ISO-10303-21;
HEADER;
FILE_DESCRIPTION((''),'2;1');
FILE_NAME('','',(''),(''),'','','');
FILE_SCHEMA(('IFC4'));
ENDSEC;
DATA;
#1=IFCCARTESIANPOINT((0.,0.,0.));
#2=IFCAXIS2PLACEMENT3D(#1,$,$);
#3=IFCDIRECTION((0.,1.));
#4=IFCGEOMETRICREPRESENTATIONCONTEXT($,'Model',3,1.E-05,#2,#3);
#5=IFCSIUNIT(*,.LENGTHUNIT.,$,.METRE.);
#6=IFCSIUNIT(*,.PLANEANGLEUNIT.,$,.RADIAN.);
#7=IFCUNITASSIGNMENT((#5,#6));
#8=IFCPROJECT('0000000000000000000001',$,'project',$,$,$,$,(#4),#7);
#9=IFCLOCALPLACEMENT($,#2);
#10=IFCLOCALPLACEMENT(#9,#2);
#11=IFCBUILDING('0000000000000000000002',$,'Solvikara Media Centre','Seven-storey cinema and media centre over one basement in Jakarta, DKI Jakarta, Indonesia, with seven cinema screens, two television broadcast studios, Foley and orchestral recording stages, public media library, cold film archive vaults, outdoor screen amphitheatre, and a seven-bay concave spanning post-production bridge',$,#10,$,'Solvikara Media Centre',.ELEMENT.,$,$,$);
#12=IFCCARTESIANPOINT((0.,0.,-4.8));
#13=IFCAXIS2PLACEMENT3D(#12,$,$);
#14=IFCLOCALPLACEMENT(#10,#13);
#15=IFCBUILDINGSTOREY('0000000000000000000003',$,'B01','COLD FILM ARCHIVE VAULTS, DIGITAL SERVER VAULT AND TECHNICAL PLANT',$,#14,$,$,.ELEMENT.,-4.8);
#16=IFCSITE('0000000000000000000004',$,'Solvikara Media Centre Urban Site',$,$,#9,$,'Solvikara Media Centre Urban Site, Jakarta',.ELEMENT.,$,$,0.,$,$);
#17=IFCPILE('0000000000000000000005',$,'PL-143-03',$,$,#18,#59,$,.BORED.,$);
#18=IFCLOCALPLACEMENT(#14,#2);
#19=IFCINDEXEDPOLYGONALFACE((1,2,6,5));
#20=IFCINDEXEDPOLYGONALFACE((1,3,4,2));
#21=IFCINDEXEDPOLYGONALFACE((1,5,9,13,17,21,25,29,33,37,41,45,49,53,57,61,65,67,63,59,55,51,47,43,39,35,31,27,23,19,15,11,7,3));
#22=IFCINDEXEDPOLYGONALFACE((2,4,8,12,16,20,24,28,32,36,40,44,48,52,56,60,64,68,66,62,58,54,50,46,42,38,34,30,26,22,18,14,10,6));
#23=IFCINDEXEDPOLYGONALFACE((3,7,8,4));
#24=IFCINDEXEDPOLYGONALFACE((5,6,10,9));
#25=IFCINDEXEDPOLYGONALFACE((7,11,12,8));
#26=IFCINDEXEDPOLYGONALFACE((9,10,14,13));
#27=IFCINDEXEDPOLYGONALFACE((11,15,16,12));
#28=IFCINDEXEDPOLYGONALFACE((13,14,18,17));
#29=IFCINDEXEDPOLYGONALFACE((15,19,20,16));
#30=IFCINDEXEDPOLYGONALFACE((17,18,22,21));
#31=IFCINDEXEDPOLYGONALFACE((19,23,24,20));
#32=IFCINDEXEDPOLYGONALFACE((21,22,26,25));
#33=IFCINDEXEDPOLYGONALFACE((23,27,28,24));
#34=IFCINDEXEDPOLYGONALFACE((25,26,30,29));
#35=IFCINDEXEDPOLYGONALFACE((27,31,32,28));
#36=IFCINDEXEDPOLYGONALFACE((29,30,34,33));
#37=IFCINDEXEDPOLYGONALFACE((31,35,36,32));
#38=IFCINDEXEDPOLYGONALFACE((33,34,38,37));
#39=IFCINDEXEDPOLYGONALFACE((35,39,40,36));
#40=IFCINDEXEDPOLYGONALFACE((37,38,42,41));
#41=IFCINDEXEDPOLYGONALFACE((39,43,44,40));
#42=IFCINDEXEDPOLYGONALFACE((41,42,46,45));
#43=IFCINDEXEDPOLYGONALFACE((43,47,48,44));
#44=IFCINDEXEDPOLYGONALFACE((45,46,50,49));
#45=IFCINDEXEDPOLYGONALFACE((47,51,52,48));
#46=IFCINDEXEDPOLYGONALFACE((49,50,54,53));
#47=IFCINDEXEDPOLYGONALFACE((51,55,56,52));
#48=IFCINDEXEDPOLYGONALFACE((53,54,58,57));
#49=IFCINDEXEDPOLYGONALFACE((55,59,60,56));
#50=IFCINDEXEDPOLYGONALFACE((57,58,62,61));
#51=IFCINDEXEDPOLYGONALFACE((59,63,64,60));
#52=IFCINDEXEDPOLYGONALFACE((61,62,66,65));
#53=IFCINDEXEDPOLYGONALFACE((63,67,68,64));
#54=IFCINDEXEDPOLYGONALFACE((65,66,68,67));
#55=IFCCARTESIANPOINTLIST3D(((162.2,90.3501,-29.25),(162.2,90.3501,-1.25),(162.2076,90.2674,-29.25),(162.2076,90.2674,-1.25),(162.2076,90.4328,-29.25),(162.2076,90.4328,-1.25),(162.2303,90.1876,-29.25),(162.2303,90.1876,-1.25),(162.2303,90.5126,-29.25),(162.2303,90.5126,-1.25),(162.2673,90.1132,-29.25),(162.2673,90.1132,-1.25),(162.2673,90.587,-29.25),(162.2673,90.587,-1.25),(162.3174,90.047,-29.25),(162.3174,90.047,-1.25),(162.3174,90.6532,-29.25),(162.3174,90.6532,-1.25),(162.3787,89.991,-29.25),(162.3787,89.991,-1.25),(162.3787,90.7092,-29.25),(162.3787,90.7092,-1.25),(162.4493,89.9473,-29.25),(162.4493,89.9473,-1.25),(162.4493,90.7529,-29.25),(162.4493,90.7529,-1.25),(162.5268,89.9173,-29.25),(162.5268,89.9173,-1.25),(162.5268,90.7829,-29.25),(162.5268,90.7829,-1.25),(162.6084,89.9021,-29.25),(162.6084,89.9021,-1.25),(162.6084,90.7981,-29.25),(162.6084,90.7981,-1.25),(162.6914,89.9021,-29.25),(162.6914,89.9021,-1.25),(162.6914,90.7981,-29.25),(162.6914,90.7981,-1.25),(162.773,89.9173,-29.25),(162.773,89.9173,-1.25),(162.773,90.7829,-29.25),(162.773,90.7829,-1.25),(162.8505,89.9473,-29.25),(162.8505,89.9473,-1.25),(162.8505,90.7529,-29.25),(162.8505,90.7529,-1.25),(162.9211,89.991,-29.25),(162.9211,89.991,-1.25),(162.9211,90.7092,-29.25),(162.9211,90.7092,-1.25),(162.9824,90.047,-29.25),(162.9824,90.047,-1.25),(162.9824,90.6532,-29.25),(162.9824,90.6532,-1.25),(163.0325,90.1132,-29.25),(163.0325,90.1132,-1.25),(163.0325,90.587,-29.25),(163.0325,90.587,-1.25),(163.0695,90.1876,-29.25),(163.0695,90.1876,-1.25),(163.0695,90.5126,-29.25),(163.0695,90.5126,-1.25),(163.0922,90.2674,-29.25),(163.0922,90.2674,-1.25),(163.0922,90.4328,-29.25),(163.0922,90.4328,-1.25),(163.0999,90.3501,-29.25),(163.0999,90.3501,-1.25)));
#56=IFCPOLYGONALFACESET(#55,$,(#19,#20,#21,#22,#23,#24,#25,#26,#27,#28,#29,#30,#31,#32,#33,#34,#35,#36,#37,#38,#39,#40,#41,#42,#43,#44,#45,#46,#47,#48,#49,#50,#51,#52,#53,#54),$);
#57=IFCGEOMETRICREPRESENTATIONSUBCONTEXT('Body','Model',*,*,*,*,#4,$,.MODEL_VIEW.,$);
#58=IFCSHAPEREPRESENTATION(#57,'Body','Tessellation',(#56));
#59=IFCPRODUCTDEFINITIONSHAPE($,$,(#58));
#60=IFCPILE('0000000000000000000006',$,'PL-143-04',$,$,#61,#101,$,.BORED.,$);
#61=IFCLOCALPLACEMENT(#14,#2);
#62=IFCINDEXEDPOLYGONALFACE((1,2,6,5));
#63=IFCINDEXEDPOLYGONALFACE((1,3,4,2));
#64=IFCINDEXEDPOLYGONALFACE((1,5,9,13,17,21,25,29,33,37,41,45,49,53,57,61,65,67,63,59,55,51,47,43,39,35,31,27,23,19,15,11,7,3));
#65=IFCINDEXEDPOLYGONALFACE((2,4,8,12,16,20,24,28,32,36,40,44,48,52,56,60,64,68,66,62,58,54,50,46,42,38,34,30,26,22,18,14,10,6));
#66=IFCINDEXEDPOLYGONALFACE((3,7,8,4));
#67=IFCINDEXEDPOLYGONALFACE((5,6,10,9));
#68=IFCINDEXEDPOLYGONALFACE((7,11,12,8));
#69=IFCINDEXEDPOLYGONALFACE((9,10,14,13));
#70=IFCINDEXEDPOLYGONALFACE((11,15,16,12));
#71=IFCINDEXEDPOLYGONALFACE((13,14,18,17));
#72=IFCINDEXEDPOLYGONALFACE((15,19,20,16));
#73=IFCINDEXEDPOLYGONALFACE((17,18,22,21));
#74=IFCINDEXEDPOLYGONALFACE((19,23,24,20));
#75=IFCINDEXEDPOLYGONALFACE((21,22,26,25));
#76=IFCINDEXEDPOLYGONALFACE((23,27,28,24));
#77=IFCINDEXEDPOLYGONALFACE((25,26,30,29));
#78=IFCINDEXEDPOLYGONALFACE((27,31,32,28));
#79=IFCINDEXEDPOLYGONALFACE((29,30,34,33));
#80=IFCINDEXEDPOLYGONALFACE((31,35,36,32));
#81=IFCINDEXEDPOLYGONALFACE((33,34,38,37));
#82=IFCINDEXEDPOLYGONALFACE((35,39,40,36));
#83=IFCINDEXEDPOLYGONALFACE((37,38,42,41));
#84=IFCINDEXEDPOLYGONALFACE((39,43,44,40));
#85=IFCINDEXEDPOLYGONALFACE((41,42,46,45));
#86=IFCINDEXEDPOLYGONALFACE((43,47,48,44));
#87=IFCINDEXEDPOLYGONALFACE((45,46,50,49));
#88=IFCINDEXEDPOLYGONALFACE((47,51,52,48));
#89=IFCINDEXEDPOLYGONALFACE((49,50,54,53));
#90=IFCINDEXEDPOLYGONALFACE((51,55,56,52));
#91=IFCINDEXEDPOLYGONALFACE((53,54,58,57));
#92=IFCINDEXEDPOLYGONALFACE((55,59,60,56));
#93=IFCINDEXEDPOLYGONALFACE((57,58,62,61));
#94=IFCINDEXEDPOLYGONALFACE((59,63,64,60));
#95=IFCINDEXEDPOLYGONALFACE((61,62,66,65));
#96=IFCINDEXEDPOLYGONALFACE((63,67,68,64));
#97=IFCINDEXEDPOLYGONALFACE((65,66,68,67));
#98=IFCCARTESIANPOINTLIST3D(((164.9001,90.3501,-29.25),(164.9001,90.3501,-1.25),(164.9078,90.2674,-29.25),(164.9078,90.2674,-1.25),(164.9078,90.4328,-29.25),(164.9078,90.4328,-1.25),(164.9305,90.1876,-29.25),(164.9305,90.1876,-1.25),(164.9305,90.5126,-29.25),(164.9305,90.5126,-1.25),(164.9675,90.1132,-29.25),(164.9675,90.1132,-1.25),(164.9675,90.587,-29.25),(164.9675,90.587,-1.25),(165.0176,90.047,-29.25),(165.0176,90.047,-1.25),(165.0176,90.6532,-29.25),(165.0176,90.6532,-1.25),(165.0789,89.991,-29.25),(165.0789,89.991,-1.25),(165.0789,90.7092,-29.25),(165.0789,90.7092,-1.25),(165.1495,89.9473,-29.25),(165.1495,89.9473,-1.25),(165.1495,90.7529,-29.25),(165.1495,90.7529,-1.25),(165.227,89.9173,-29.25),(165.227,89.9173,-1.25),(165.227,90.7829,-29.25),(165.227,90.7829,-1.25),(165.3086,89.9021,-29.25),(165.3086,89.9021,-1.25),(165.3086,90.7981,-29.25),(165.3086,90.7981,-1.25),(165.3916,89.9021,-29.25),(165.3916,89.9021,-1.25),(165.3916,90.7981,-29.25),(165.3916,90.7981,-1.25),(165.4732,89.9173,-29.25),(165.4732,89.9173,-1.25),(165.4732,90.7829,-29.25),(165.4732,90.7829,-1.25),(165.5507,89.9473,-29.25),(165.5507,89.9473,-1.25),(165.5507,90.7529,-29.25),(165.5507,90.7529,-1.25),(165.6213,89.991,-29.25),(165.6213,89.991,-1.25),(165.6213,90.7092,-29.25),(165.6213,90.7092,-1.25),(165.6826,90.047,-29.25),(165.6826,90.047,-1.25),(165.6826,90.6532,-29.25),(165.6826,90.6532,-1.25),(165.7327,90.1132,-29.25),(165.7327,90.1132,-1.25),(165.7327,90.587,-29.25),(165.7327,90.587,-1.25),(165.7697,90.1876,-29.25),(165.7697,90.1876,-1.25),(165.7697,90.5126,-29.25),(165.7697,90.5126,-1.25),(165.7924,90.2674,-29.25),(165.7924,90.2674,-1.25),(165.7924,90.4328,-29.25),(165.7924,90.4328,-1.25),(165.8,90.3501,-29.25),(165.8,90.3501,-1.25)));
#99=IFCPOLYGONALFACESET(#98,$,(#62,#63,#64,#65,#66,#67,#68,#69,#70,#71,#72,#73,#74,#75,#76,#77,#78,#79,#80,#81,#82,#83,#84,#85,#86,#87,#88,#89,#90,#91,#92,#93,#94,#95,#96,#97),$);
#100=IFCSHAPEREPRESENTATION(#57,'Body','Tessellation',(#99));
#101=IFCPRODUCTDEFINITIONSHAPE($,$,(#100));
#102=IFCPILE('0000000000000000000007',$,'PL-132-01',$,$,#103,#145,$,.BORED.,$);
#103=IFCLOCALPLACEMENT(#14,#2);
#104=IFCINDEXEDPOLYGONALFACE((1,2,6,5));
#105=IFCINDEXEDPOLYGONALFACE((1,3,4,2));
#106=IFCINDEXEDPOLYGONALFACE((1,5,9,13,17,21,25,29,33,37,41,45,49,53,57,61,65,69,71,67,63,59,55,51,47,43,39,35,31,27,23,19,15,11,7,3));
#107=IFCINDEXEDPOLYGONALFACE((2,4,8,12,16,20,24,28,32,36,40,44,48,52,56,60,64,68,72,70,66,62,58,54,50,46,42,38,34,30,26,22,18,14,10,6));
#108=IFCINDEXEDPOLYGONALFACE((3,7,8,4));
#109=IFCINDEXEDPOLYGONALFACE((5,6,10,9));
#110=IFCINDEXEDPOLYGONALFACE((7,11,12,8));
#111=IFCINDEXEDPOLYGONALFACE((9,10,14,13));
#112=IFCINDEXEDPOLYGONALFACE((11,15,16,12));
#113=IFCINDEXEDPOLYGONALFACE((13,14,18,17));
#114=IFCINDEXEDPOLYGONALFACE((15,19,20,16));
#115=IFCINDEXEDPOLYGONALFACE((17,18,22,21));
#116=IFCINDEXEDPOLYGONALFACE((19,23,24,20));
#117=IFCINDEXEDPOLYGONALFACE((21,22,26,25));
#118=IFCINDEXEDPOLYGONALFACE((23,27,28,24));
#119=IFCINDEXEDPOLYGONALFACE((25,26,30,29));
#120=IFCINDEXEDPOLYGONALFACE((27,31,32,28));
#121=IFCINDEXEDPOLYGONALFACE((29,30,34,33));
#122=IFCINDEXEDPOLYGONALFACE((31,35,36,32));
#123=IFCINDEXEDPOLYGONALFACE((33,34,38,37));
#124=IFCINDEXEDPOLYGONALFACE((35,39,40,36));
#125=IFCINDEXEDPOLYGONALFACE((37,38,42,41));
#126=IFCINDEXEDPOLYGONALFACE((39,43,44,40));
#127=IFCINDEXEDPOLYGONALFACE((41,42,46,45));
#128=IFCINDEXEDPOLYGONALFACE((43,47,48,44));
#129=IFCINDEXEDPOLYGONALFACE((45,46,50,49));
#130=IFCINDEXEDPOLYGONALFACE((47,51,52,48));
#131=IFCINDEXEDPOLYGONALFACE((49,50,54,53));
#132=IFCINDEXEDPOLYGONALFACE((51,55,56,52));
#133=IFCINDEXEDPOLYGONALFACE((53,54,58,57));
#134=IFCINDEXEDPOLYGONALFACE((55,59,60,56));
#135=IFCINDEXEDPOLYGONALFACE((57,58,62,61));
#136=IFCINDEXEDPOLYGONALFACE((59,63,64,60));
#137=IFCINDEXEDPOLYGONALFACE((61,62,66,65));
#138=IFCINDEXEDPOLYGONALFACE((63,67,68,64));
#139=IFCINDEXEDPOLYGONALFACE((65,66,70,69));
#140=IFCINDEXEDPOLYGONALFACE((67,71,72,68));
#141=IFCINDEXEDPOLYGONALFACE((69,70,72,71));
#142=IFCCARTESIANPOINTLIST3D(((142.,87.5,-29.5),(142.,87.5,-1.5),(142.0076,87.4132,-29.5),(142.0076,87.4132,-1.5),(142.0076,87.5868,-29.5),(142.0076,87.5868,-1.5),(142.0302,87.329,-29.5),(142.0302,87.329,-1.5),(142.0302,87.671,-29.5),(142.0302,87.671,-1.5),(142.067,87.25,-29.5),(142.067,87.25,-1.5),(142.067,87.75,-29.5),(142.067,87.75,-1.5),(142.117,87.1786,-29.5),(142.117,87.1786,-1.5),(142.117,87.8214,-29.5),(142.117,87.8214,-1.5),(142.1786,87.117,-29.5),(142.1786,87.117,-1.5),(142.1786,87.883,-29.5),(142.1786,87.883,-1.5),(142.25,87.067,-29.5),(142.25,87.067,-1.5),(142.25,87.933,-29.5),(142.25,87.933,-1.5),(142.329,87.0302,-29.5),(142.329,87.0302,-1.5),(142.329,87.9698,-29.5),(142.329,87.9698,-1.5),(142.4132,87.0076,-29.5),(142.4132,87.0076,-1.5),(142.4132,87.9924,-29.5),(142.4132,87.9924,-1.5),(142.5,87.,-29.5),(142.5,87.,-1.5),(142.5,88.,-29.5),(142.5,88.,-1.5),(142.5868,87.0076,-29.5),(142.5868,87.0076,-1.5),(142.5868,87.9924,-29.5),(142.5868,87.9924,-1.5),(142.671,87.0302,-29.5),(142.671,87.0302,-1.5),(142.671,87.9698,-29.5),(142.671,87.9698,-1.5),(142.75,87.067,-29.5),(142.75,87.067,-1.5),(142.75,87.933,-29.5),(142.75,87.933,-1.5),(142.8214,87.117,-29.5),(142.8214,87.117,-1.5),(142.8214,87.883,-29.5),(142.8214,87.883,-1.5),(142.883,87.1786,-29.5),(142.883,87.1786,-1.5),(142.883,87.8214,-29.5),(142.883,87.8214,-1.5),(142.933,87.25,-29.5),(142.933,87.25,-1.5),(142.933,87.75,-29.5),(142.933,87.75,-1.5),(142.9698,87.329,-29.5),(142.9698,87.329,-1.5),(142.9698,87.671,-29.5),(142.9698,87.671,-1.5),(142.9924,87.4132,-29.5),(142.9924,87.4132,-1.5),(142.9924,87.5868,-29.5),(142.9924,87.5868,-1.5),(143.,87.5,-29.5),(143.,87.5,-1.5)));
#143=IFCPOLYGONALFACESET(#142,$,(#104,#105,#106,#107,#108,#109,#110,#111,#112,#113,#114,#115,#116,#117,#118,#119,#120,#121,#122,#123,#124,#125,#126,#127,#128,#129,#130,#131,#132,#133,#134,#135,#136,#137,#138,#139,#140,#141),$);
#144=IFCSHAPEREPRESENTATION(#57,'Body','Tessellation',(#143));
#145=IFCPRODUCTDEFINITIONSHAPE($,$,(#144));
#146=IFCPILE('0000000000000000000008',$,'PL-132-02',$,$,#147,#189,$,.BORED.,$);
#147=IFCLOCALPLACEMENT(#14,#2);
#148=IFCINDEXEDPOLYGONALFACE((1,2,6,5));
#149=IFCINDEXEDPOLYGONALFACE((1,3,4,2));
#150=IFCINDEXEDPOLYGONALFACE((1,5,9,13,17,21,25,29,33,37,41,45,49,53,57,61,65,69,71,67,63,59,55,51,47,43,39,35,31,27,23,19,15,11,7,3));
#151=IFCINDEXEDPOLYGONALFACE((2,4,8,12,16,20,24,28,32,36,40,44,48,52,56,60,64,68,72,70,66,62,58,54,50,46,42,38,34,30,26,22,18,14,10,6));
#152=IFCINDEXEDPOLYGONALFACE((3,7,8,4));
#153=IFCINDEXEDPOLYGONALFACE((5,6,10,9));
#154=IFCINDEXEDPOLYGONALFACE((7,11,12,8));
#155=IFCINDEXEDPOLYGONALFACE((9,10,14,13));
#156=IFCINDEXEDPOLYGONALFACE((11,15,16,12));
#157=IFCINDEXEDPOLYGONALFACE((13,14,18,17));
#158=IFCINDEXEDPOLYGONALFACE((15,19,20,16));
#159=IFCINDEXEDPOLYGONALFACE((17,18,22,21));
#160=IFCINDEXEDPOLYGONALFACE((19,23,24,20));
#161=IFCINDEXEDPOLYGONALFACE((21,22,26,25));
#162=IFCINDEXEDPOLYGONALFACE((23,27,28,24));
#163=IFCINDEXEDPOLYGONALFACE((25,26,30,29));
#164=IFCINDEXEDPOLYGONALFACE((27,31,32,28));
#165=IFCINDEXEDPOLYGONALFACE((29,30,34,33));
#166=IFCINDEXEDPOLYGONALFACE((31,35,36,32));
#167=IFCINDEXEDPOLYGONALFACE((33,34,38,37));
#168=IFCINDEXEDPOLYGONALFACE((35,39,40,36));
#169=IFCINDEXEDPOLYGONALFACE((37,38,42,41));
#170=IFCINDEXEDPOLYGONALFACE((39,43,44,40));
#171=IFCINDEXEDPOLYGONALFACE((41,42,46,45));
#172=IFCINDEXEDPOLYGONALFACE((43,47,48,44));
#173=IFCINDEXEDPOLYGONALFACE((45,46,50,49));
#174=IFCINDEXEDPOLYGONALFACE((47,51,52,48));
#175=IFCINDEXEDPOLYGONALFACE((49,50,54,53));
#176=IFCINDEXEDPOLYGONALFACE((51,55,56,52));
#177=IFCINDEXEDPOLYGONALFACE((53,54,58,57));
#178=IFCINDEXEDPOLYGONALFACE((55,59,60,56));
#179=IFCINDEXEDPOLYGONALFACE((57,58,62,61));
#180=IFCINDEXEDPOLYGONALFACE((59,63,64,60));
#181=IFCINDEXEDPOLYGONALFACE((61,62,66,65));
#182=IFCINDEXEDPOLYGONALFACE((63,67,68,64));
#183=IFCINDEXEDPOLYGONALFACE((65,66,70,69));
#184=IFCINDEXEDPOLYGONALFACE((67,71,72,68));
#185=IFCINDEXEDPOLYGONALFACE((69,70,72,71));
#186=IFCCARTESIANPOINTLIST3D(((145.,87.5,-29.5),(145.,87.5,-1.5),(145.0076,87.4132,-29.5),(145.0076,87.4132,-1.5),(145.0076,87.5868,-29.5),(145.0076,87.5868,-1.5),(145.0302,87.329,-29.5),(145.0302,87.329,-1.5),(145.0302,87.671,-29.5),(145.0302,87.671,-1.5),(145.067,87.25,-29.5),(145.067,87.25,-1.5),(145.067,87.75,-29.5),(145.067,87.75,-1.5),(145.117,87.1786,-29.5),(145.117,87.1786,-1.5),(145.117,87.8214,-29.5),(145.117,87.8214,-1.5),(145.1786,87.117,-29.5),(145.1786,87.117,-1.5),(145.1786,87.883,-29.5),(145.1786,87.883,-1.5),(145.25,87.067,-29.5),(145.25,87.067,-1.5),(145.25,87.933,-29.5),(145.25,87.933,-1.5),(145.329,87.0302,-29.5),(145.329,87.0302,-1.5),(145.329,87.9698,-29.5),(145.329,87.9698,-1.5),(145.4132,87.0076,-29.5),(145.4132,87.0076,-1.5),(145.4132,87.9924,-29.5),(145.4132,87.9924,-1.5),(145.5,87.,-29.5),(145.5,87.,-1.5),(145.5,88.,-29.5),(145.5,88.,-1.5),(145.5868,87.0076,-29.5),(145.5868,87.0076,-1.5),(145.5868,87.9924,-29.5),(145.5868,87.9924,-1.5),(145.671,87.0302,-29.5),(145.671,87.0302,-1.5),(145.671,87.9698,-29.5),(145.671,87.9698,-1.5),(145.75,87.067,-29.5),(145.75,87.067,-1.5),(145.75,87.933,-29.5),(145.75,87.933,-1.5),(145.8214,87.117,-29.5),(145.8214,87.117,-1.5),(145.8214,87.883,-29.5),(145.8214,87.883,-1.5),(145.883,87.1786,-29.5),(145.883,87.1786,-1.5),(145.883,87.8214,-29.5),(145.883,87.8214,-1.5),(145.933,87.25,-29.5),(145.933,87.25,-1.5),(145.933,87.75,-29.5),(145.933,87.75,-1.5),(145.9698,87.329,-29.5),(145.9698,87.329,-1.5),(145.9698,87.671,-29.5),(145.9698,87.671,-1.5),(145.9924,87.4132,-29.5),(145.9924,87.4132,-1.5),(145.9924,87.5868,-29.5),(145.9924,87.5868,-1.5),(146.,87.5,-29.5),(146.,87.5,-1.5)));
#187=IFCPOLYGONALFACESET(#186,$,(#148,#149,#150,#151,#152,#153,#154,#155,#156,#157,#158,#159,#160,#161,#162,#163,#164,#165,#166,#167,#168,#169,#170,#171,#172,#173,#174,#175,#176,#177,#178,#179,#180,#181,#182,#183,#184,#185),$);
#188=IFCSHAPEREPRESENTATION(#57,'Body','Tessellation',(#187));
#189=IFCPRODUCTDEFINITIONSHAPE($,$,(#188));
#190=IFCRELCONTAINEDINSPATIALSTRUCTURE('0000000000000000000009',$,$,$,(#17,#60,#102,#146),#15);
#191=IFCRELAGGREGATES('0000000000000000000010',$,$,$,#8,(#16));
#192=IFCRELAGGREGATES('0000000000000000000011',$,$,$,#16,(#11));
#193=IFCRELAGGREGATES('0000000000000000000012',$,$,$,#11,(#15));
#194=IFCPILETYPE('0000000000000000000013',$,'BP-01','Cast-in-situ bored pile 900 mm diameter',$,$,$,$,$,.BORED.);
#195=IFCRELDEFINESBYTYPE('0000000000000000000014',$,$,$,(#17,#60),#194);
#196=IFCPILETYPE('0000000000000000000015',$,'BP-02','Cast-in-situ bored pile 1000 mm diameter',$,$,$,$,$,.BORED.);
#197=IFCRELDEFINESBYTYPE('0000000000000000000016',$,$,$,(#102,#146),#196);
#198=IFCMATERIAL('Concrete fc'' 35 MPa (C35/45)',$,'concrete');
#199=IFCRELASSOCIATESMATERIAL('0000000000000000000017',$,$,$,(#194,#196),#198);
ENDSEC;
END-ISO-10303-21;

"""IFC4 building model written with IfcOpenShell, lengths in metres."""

from ifc_helpers import new_model, si_unit, direction, frame, origin, origin_2d, place, context, subcontext, project, spatial, circle, extrude, material, material_profile, profile_set, type_object, element, save


model = new_model("IFC4")

# Units and contexts
model_context = context("Model", 3, precision=1e-05, world=origin(), true_north=direction((0.0, 1.0)))
body_context = subcontext(model_context, "Body", "Model", "MODEL_VIEW")
ifc_project = project(units=[si_unit("LENGTHUNIT", "METRE"), si_unit("PLANEANGLEUNIT", "RADIAN")], contexts=[model_context])

# Site, building, storey
site_placement = place(None, origin())
site = spatial("IfcSite", under=ifc_project, at=site_placement, Name="Solvikara Media Centre Urban Site", LongName="Solvikara Media Centre Urban Site, Jakarta", CompositionType="ELEMENT", RefElevation=0.0)
building_placement = place(site_placement, origin())
building = spatial("IfcBuilding", under=site, at=building_placement, Name="Solvikara Media Centre", Description="Seven-storey cinema and media centre over one basement in Jakarta, DKI Jakarta, Indonesia, with seven cinema screens, two television broadcast studios, Foley and orchestral recording stages, public media library, cold film archive vaults, outdoor screen amphitheatre, and a seven-bay concave spanning post-production bridge", LongName="Solvikara Media Centre", CompositionType="ELEMENT")
storey_placement = place(building_placement, frame((0.0, 0.0, -4.8)))
storey = spatial("IfcBuildingStorey", under=building, at=storey_placement, Name="B01", Description="COLD FILM ARCHIVE VAULTS, DIGITAL SERVER VAULT AND TECHNICAL PLANT", CompositionType="ELEMENT", Elevation=-4.8)

# Piles
ifc_material_1 = material(Name="Concrete fc' 35 MPa (C35/45)", Category="concrete")
ifc_material_profile_1 = material_profile(ifc_material_1, circle(Radius=0.45, at=origin_2d()), Name="BORED PILE D900")
ifc_profile_set_1 = profile_set([ifc_material_profile_1], Name="Concrete fc' 35 MPa (C35/45)")
pile_type_1 = type_object("IfcPileType", Name="BP-01", Description="Cast-in-situ bored pile 900 mm diameter", PredefinedType="BORED", material=ifc_profile_set_1)
for number, where, z_axis, x_axis, name in (
    (1, (162.6499, 90.3501, -1.25), (0.0, 0.0, -1.0), (1.0, 0.0, 0.0), "PL-143-03"),
    (2, (165.3501, 90.3501, -1.25), (0.0, 0.0, -1.0), (1.0, 0.0, 0.0), "PL-143-04"),
):
    element("IfcPile", number, at=place(storey_placement, frame(where, z_axis=z_axis, x_axis=x_axis)), inside=storey, type_object=pile_type_1, Name=name, PredefinedType="BORED", context=body_context, shape_type="SweptSolid", body=[
        extrude(circle(Radius=0.45, at=origin_2d()), origin(), (0.0, 0.0, 1.0), 28.0),
    ])
ifc_material_profile_2 = material_profile(ifc_material_1, circle(Radius=0.5, at=origin_2d()), Name="BORED PILE D1000")
ifc_profile_set_2 = profile_set([ifc_material_profile_2], Name="Concrete fc' 35 MPa (C35/45)")
pile_type_2 = type_object("IfcPileType", Name="BP-02", Description="Cast-in-situ bored pile 1000 mm diameter", PredefinedType="BORED", material=ifc_profile_set_2)
for number, where, z_axis, x_axis, name in (
    (3, (142.5, 87.5, -1.5), (0.0, 0.0, -1.0), (1.0, 0.0, 0.0), "PL-132-01"),
    (4, (145.5, 87.5, -1.5), (0.0, 0.0, -1.0), (1.0, 0.0, 0.0), "PL-132-02"),
):
    element("IfcPile", number, at=place(storey_placement, frame(where, z_axis=z_axis, x_axis=x_axis)), inside=storey, type_object=pile_type_2, Name=name, PredefinedType="BORED", context=body_context, shape_type="SweptSolid", body=[
        extrude(circle(Radius=0.5, at=origin_2d()), origin(), (0.0, 0.0, 1.0), 28.0),
    ])

save(model, "model.ifc")
